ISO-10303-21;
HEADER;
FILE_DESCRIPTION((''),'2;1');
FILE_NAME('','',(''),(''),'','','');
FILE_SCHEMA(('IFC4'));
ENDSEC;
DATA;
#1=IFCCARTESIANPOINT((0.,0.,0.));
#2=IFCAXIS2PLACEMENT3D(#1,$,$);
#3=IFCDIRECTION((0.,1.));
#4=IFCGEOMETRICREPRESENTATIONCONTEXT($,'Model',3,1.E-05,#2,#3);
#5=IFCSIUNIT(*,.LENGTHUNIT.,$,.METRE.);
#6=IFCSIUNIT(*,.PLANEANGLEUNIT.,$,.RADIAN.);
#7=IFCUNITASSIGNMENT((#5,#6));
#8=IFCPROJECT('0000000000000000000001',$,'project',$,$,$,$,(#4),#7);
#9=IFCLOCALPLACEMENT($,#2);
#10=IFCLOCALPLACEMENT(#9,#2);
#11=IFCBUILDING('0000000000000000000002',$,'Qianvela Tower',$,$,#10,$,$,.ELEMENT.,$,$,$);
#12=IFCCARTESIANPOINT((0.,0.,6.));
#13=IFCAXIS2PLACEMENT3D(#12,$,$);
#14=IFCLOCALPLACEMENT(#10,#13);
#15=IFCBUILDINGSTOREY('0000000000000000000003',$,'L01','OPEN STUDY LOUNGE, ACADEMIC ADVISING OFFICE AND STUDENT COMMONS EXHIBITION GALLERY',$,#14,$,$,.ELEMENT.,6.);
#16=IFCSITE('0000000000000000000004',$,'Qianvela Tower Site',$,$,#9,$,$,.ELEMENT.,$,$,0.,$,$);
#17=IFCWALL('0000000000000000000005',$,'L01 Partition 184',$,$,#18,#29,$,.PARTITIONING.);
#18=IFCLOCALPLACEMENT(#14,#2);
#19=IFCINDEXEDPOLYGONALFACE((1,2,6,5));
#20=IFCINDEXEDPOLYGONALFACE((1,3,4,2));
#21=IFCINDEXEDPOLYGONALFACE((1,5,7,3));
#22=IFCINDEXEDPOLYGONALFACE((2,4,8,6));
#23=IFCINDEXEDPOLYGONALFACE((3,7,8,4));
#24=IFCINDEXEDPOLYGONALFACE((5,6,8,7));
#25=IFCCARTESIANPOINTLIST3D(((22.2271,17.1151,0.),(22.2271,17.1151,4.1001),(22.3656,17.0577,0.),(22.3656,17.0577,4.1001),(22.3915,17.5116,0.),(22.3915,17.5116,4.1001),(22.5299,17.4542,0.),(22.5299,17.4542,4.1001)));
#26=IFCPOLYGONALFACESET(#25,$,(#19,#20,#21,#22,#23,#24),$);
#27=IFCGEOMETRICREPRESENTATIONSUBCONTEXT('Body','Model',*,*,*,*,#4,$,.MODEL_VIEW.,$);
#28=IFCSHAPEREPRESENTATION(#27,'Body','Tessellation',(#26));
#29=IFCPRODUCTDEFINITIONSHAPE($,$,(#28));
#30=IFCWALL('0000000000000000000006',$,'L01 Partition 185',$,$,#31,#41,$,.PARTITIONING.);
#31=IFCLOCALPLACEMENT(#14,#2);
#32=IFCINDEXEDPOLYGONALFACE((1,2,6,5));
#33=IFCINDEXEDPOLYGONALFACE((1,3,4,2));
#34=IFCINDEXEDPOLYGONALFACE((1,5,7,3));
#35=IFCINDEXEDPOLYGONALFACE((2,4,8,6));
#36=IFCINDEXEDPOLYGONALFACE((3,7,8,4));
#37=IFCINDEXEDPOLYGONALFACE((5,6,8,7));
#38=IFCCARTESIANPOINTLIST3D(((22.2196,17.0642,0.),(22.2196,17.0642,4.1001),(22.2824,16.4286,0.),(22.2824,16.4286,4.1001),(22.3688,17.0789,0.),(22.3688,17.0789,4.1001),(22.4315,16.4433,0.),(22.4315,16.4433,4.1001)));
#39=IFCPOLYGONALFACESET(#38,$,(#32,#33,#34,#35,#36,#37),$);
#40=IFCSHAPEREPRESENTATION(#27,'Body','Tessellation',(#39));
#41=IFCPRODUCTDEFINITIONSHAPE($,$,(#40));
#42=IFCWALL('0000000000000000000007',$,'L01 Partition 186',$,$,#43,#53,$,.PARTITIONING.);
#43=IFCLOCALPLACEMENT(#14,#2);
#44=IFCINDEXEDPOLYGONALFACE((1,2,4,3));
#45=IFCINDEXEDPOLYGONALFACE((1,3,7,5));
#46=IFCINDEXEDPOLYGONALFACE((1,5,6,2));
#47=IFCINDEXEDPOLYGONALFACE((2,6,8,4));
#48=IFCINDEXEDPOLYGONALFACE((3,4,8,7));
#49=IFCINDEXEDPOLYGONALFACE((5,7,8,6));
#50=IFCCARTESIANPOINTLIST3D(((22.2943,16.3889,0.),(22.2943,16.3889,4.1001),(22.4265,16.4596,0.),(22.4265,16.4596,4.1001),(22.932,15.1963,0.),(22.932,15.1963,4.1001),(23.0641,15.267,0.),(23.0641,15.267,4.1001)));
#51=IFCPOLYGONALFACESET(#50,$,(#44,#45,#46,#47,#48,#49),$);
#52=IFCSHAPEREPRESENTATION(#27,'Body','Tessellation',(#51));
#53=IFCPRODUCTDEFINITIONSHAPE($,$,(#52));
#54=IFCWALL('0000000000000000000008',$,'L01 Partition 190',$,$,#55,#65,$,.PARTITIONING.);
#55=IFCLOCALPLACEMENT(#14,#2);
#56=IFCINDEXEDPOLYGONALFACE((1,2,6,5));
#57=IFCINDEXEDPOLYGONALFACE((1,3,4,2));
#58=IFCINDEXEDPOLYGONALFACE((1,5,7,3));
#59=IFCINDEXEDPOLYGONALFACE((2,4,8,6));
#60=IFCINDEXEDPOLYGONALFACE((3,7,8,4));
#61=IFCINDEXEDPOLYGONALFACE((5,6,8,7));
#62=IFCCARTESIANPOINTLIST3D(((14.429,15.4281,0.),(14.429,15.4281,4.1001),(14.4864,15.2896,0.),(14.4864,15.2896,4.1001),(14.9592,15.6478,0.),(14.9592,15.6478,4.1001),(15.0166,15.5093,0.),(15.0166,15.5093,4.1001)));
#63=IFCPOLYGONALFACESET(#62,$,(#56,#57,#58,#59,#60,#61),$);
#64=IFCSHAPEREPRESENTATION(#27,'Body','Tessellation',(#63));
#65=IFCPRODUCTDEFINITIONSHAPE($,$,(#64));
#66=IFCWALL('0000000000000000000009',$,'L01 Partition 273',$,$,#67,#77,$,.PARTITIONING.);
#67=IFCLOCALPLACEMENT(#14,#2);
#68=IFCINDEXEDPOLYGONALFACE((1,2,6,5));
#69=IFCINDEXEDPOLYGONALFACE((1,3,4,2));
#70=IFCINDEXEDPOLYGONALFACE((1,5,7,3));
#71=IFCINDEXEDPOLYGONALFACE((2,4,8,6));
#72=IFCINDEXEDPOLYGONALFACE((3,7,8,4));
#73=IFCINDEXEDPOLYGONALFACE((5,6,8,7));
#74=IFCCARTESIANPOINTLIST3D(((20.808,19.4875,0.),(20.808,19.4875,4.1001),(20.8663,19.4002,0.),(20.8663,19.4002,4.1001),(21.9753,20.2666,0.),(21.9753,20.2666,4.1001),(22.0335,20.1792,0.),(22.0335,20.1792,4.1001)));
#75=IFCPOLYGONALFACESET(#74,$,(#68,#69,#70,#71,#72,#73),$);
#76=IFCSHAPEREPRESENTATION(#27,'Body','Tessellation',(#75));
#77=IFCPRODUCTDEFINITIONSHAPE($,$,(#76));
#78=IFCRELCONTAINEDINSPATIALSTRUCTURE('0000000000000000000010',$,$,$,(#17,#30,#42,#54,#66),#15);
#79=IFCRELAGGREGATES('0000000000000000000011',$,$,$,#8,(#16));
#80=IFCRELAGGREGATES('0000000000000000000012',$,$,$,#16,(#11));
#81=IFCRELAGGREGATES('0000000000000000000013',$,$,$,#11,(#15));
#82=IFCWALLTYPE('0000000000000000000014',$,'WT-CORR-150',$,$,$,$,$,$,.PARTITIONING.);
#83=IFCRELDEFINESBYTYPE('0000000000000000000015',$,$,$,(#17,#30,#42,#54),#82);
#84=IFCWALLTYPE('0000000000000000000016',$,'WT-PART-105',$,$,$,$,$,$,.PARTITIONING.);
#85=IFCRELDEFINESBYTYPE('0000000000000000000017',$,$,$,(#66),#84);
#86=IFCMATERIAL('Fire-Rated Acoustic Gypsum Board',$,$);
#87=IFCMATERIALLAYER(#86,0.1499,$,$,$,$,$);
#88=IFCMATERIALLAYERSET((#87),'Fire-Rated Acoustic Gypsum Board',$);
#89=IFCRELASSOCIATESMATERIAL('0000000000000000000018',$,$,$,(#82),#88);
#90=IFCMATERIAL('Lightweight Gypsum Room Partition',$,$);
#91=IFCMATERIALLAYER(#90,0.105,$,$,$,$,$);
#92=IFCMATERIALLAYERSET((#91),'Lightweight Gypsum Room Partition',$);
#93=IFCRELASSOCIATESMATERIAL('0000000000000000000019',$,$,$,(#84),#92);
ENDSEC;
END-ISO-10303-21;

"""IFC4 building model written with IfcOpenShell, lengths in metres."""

from ifc_helpers import new_model, si_unit, direction, frame, frame_2d, origin, place, context, subcontext, project, spatial, rectangle, extrude, material, layer, layer_set, type_object, element, save


model = new_model("IFC4")

# Units and contexts
model_context = context("Model", 3, precision=1e-05, world=origin(), true_north=direction((0.0, 1.0)))
body_context = subcontext(model_context, "Body", "Model", "MODEL_VIEW")
ifc_project = project(units=[si_unit("LENGTHUNIT", "METRE"), si_unit("PLANEANGLEUNIT", "RADIAN")], contexts=[model_context])

# Site, building, storey
site_placement = place(None, origin())
site = spatial("IfcSite", under=ifc_project, at=site_placement, Name="Qianvela Tower Site", CompositionType="ELEMENT", RefElevation=0.0)
building_placement = place(site_placement, origin())
building = spatial("IfcBuilding", under=site, at=building_placement, Name="Qianvela Tower", CompositionType="ELEMENT")
storey_placement = place(building_placement, frame((0.0, 0.0, 6.0)))
storey = spatial("IfcBuildingStorey", under=building, at=storey_placement, Name="L01", Description="OPEN STUDY LOUNGE, ACADEMIC ADVISING OFFICE AND STUDENT COMMONS EXHIBITION GALLERY", CompositionType="ELEMENT", Elevation=6.0)

# Shared definitions
ifc_material_1 = material(Name="Fire-Rated Acoustic Gypsum Board")
ifc_layer_1 = layer(ifc_material_1, 0.1499)
ifc_layer_set_1 = layer_set([ifc_layer_1], Name="Fire-Rated Acoustic Gypsum Board")
wall_type_1 = type_object("IfcWallType", Name="WT-CORR-150", PredefinedType="PARTITIONING", material=ifc_layer_set_1)

# Walls
wall_1_placement = place(storey_placement, frame((22.4607, 17.4829, 0.0), z_axis=(0.0, 0.0, 1.0), x_axis=(-0.382837, -0.923816, 0.0)))
element("IfcWall", 1, at=wall_1_placement, inside=storey, type_object=wall_type_1, Name="L01 Partition 184", PredefinedType="PARTITIONING", context=body_context, shape_type="SweptSolid", body=[
    extrude(rectangle(XDim=0.4292, YDim=0.1499, at=frame_2d((0.2146, 0.0))), origin(), (0.0, 0.0, 1.0), 4.1001),
])
wall_2_placement = place(storey_placement, frame((22.2942, 17.0715, 0.0), z_axis=(0.0, 0.0, 1.0), x_axis=(0.098254, -0.995161, 0.0)))
element("IfcWall", 2, at=wall_2_placement, inside=storey, type_object=wall_type_1, Name="L01 Partition 185", PredefinedType="PARTITIONING", context=body_context, shape_type="SweptSolid", body=[
    extrude(rectangle(XDim=0.6387, YDim=0.1499, at=frame_2d((0.3193, 0.0))), origin(), (0.0, 0.0, 1.0), 4.1001),
])
wall_3_placement = place(storey_placement, frame((22.3604, 16.4243, 0.0), z_axis=(0.0, 0.0, 1.0), x_axis=(0.471525, -0.881853, 0.0)))
element("IfcWall", 3, at=wall_3_placement, inside=storey, type_object=wall_type_1, Name="L01 Partition 186", PredefinedType="PARTITIONING", context=body_context, shape_type="SweptSolid", body=[
    extrude(rectangle(XDim=1.3523, YDim=0.1499, at=frame_2d((0.6763, 0.0))), origin(), (0.0, 0.0, 1.0), 4.1001),
])
wall_4_placement = place(storey_placement, frame((14.988, 15.5786, 0.0), z_axis=(0.0, 0.0, 1.0), x_axis=(-0.92383, -0.382803, 0.0)))
element("IfcWall", 4, at=wall_4_placement, inside=storey, type_object=wall_type_1, Name="L01 Partition 190", PredefinedType="PARTITIONING", context=body_context, shape_type="SweptSolid", body=[
    extrude(rectangle(XDim=0.574, YDim=0.1499, at=frame_2d((0.2871, 0.0))), origin(), (0.0, 0.0, 1.0), 4.1001),
])
ifc_material_2 = material(Name="Lightweight Gypsum Room Partition")
ifc_layer_2 = layer(ifc_material_2, 0.105)
ifc_layer_set_2 = layer_set([ifc_layer_2], Name="Lightweight Gypsum Room Partition")
wall_type_2 = type_object("IfcWallType", Name="WT-PART-105", PredefinedType="PARTITIONING", material=ifc_layer_set_2)
wall_5_placement = place(storey_placement, frame((22.0044, 20.2229, 0.0), z_axis=(0.0, 0.0, 1.0), x_axis=(-0.831756, -0.555142, 0.0)))
element("IfcWall", 5, at=wall_5_placement, inside=storey, type_object=wall_type_2, Name="L01 Partition 273", PredefinedType="PARTITIONING", context=body_context, shape_type="SweptSolid", body=[
    extrude(rectangle(XDim=1.4033, YDim=0.105, at=frame_2d((0.7017, 0.0))), origin(), (0.0, 0.0, 1.0), 4.1001),
])

save(model, "model.ifc")
